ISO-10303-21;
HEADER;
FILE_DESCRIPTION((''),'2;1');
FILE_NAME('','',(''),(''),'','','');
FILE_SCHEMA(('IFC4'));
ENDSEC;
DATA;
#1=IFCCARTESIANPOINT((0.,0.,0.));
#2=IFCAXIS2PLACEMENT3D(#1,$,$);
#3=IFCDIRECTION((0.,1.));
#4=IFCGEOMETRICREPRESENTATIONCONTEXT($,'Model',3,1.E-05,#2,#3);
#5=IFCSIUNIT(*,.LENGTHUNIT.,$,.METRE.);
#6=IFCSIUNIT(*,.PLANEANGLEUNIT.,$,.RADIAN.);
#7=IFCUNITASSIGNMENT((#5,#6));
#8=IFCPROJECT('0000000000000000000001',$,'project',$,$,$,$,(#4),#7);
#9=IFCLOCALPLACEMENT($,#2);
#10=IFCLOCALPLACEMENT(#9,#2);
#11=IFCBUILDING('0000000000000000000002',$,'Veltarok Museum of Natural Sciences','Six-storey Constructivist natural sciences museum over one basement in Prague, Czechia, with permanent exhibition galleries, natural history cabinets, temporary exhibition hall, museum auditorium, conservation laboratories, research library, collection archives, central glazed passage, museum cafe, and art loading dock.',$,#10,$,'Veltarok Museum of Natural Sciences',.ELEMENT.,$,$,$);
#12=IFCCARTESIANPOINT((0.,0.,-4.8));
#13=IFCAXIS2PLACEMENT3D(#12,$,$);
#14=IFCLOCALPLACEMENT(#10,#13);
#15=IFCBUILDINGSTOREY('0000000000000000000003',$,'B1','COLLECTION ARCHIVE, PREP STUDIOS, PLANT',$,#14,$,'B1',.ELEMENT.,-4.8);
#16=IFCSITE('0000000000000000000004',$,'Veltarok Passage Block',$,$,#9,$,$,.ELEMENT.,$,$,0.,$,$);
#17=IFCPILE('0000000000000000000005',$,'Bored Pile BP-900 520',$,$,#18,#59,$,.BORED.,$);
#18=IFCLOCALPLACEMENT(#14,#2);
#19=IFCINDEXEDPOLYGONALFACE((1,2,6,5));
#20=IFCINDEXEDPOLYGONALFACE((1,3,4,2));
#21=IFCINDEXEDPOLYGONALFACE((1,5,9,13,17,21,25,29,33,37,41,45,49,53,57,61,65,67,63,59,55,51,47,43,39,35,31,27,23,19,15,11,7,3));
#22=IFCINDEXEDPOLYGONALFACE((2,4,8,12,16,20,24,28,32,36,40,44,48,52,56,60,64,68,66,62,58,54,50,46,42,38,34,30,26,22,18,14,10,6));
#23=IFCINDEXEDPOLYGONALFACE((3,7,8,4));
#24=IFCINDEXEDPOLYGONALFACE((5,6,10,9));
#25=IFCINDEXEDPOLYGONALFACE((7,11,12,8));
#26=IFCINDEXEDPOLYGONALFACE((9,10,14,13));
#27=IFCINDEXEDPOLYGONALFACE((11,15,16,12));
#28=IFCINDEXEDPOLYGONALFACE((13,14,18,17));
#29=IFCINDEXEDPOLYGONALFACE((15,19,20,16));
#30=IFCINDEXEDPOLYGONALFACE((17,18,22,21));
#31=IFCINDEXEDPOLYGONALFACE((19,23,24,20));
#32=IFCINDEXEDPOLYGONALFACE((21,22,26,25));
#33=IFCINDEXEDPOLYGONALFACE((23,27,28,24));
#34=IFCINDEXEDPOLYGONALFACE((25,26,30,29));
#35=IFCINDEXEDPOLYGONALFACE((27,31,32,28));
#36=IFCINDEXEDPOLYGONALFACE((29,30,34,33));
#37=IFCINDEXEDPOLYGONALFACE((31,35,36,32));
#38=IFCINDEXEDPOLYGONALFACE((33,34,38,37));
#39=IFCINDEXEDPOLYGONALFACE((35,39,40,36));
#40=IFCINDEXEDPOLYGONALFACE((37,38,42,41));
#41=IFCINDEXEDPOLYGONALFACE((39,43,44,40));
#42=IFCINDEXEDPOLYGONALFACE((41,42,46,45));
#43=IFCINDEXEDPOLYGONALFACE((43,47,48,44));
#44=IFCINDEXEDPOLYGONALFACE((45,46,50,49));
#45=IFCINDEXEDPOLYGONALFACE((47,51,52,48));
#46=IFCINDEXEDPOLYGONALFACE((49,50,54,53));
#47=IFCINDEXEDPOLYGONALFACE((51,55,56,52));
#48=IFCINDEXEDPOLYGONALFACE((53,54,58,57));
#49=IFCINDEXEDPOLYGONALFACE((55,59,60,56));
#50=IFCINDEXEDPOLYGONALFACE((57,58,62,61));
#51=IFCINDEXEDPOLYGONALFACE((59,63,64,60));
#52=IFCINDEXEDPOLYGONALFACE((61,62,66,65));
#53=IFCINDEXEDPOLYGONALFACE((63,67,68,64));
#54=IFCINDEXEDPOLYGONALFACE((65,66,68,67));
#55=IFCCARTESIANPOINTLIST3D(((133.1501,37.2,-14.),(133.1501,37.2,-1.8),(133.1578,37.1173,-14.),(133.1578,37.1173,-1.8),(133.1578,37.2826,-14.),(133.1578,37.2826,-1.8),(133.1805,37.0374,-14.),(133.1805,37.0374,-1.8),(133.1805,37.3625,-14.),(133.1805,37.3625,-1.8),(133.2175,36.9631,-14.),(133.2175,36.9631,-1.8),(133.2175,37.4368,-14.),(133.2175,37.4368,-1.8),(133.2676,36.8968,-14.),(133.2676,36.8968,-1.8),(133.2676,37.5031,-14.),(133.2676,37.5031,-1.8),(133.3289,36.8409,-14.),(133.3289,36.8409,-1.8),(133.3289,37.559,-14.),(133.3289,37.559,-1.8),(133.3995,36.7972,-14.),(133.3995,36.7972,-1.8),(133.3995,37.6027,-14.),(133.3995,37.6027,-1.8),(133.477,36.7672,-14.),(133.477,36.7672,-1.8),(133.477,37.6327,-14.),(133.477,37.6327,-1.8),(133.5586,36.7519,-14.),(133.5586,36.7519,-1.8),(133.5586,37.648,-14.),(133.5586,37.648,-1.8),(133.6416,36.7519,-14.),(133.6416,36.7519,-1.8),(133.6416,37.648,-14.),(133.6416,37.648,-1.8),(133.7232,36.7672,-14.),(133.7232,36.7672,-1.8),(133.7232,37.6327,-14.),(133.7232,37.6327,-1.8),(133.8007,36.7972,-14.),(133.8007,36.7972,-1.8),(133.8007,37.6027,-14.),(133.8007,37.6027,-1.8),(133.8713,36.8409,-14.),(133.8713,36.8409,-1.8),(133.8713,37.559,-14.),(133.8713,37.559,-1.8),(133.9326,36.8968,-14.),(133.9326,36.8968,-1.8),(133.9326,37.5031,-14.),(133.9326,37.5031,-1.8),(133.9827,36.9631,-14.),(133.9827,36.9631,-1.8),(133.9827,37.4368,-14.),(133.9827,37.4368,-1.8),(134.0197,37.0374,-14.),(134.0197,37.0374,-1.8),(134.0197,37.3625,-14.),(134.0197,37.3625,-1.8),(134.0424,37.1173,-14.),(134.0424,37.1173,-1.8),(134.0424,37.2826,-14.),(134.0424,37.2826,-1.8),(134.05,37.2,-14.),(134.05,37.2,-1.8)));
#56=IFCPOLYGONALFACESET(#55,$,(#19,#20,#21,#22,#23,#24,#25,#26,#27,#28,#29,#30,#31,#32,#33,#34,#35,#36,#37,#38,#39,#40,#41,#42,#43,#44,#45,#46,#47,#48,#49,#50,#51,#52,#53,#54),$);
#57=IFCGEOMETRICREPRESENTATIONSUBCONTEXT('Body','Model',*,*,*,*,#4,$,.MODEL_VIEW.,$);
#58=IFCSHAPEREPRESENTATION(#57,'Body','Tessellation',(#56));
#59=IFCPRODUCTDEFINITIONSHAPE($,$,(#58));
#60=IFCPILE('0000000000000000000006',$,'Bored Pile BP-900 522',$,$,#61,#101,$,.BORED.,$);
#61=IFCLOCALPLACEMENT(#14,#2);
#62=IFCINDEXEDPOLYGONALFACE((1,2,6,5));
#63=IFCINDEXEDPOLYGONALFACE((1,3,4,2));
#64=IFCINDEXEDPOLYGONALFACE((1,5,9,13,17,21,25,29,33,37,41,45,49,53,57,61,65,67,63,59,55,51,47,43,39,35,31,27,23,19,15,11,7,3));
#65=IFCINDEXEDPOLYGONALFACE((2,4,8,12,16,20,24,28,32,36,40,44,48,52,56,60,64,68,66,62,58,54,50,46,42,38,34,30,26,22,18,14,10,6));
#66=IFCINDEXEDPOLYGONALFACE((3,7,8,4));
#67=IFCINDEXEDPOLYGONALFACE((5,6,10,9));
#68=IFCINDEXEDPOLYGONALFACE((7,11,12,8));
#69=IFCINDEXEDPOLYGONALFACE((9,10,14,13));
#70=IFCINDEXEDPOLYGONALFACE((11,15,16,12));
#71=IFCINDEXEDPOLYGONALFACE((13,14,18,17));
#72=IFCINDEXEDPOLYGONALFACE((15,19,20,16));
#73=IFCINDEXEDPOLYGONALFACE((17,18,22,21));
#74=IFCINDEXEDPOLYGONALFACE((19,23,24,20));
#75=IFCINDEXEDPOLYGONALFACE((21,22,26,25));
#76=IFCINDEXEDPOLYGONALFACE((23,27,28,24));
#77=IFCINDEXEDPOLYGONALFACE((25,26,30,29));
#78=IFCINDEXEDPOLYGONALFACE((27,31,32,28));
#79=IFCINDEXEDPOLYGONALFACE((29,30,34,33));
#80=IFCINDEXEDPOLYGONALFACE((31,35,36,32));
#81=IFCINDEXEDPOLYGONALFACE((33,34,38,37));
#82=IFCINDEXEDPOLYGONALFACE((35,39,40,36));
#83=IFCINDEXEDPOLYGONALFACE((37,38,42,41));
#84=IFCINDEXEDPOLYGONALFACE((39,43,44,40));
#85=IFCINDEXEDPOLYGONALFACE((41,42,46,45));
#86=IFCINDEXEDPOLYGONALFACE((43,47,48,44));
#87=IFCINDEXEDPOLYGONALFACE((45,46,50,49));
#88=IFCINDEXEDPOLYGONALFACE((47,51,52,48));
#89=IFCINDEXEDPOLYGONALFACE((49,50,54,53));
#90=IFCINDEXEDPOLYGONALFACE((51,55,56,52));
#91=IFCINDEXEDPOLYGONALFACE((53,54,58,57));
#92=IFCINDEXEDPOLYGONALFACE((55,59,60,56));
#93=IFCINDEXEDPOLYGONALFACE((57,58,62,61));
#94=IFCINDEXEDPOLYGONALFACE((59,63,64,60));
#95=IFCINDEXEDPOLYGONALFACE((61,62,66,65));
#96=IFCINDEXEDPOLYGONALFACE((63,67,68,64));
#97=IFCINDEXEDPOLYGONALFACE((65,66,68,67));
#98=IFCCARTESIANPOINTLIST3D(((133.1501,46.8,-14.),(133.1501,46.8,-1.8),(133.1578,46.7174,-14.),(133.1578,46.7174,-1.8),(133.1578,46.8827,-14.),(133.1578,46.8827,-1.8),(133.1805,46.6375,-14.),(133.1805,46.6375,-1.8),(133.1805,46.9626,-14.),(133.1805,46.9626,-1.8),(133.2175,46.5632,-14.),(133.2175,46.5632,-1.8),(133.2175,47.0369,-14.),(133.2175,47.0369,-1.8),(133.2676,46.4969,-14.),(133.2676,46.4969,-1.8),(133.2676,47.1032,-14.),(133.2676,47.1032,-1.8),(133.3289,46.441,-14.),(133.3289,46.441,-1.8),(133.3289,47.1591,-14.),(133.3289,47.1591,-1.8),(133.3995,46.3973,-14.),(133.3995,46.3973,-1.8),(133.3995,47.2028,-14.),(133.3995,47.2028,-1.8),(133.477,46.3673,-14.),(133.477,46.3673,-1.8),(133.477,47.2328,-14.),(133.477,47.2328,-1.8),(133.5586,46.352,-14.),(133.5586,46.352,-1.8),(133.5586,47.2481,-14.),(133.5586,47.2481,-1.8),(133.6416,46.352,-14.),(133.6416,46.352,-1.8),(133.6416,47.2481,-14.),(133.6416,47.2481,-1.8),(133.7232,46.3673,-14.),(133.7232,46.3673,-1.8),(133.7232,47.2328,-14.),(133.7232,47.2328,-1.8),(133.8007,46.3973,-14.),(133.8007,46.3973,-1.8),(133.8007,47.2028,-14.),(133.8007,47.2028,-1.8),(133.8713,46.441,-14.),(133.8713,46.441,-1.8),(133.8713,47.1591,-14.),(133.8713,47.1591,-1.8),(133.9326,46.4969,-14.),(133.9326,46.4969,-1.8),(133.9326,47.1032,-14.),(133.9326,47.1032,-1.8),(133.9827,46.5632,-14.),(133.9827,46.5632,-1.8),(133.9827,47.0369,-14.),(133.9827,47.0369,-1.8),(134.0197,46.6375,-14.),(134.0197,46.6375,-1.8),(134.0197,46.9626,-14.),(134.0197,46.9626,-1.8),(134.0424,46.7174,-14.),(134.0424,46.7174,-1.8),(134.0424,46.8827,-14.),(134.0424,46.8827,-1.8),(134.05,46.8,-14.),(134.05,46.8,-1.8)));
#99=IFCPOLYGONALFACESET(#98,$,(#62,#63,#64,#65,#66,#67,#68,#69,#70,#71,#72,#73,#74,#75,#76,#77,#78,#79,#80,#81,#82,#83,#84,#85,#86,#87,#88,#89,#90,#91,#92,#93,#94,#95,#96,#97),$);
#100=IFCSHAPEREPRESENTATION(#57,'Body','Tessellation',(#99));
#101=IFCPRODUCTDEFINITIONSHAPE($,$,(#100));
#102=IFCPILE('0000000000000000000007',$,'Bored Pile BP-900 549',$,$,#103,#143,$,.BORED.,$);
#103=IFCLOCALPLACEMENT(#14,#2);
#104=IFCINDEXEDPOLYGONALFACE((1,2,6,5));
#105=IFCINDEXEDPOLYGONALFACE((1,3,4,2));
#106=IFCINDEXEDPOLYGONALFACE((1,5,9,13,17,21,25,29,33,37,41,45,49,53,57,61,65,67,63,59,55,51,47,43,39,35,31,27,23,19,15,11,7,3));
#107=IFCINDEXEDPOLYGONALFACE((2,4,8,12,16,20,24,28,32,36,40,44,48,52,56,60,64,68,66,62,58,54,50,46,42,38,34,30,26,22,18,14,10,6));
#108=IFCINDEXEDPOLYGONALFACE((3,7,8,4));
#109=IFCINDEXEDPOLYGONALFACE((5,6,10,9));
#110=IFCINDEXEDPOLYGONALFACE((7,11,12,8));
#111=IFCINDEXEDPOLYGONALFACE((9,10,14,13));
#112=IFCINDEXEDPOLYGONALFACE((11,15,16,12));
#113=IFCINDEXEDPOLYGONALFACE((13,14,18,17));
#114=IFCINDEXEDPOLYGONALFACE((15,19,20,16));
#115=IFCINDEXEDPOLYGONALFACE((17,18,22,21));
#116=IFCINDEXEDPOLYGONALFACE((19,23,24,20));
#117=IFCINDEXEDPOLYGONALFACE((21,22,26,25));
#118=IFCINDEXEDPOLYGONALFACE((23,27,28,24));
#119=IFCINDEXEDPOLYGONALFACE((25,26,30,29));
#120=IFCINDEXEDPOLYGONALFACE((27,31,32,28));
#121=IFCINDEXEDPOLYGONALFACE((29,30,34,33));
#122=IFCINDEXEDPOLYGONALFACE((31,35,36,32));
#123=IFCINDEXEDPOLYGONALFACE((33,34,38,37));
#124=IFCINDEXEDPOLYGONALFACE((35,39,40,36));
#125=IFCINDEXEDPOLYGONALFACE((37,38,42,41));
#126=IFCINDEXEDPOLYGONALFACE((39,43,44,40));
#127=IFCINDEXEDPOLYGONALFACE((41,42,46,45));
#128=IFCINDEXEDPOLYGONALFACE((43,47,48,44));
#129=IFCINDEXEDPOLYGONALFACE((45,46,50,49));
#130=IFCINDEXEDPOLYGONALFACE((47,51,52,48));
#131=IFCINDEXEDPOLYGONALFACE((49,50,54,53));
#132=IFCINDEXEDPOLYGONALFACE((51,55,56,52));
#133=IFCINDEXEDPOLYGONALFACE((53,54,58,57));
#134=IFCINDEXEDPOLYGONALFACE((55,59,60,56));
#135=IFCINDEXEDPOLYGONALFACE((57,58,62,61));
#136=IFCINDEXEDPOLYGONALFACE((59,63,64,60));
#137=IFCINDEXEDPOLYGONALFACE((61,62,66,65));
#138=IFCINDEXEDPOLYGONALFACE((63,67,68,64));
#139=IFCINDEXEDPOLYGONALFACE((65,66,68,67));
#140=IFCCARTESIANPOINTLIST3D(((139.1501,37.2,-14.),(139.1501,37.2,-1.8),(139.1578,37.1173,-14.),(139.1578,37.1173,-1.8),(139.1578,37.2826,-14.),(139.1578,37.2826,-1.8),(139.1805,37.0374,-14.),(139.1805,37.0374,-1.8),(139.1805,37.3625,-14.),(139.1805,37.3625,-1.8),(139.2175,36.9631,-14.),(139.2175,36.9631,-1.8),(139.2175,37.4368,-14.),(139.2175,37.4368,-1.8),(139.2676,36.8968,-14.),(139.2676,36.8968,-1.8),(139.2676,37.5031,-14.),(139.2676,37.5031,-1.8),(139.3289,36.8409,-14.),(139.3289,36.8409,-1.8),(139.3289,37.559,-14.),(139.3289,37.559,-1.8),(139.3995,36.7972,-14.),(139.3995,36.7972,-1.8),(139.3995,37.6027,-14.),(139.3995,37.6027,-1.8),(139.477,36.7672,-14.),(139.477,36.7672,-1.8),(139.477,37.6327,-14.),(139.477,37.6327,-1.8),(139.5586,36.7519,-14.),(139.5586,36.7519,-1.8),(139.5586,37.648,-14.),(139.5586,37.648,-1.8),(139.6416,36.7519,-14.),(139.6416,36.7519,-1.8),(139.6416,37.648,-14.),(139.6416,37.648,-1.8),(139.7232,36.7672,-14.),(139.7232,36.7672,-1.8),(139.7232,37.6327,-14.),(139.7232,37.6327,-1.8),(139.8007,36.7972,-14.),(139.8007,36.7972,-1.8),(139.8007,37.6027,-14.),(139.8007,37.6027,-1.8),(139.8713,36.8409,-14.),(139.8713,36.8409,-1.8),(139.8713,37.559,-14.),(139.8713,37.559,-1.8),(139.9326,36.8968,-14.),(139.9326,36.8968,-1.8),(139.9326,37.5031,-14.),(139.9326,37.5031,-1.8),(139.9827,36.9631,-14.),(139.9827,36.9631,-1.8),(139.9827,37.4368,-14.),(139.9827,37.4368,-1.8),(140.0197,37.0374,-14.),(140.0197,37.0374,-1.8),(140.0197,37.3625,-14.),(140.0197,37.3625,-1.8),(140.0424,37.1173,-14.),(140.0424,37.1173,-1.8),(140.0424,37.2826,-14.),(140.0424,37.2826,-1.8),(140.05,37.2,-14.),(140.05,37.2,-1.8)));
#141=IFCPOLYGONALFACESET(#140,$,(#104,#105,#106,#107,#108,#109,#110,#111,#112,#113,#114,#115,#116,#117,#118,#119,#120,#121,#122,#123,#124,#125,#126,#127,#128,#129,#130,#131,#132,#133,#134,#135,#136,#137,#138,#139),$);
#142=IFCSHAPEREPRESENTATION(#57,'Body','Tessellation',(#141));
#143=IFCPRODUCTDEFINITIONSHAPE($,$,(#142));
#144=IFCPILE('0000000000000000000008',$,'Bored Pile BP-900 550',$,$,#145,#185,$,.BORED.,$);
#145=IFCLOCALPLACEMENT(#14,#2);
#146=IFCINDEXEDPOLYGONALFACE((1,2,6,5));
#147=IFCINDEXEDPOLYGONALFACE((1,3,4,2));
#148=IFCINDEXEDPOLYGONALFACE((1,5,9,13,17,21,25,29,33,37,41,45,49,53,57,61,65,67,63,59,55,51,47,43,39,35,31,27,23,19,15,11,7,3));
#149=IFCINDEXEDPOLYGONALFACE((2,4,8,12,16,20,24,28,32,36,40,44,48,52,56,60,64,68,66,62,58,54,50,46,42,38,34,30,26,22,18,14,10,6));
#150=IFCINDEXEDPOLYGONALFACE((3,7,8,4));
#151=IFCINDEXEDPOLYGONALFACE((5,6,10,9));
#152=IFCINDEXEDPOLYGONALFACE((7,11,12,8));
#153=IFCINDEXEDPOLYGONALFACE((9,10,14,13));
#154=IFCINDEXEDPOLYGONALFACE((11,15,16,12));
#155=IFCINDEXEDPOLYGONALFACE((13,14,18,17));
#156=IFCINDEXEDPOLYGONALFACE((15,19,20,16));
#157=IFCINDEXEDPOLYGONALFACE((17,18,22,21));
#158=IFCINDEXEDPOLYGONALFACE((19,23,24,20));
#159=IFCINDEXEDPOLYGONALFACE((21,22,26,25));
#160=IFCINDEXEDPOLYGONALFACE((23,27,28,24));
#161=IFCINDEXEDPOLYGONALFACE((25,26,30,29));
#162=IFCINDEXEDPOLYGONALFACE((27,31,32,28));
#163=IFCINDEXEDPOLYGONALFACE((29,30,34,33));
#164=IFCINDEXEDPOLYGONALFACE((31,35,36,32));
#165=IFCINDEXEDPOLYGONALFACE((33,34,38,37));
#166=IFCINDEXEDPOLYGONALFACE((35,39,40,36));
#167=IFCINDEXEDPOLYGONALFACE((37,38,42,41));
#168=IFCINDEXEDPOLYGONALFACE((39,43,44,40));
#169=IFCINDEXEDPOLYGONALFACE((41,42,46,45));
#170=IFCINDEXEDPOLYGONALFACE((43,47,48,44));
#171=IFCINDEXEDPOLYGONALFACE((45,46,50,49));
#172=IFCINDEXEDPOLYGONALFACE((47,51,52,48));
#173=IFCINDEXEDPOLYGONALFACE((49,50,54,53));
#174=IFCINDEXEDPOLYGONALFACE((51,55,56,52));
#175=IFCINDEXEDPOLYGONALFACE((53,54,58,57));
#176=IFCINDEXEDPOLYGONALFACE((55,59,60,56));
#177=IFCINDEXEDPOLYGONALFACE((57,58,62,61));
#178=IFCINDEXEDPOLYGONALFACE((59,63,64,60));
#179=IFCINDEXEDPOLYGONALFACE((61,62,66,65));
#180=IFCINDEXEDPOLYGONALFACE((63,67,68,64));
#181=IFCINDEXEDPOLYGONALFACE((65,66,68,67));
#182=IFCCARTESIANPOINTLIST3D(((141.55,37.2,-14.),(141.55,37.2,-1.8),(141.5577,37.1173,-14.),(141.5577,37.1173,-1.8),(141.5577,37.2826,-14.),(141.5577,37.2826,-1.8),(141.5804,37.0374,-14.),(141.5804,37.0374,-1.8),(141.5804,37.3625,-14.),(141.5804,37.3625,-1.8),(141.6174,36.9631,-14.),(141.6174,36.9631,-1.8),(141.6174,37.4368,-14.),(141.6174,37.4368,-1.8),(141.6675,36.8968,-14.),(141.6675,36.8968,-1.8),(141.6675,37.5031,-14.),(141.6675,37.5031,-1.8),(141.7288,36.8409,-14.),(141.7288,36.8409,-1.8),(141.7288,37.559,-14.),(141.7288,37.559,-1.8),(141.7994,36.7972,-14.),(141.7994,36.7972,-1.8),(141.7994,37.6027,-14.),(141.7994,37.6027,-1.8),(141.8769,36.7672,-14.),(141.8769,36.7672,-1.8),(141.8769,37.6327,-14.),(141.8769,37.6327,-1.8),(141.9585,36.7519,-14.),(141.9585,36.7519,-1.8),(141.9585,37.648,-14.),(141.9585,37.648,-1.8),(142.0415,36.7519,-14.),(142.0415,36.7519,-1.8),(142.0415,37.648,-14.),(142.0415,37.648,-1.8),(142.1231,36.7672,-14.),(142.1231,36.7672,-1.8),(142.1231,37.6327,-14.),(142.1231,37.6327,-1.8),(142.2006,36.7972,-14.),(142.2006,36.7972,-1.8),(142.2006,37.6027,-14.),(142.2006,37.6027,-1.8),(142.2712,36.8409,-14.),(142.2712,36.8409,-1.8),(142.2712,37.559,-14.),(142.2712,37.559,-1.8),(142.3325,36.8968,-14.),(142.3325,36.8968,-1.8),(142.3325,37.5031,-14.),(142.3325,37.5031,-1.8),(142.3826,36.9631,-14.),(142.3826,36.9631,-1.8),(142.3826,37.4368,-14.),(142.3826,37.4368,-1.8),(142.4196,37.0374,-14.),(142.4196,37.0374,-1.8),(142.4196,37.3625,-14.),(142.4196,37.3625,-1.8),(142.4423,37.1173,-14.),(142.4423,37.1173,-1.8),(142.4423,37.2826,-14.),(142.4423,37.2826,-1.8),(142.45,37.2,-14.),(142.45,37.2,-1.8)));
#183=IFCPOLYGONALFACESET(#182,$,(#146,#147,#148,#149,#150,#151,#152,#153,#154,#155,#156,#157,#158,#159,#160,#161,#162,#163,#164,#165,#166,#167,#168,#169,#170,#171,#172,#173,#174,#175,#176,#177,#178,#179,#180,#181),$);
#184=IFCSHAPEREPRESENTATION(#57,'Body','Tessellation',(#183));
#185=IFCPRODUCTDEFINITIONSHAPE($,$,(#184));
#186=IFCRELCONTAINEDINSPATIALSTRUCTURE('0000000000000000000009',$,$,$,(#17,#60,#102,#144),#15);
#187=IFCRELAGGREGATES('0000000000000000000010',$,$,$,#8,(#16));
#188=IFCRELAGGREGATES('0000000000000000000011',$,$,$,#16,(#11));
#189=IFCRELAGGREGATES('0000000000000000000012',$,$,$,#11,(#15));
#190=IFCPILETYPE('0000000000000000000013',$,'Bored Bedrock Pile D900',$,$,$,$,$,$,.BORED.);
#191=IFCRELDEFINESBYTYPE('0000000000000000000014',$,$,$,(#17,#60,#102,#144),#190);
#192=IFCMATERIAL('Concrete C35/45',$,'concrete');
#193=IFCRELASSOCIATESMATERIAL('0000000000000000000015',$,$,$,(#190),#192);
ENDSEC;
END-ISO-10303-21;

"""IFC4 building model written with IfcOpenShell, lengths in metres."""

from ifc_helpers import new_model, si_unit, direction, frame, origin, origin_2d, place, context, subcontext, project, spatial, circle, extrude, material, material_profile, profile_set, type_object, element, save


model = new_model("IFC4")

# Units and contexts
model_context = context("Model", 3, precision=1e-05, world=origin(), true_north=direction((0.0, 1.0)))
body_context = subcontext(model_context, "Body", "Model", "MODEL_VIEW")
ifc_project = project(units=[si_unit("LENGTHUNIT", "METRE"), si_unit("PLANEANGLEUNIT", "RADIAN")], contexts=[model_context])

# Site, building, storey
site_placement = place(None, origin())
site = spatial("IfcSite", under=ifc_project, at=site_placement, Name="Veltarok Passage Block", CompositionType="ELEMENT", RefElevation=0.0)
building_placement = place(site_placement, origin())
building = spatial("IfcBuilding", under=site, at=building_placement, Name="Veltarok Museum of Natural Sciences", Description="Six-storey Constructivist natural sciences museum over one basement in Prague, Czechia, with permanent exhibition galleries, natural history cabinets, temporary exhibition hall, museum auditorium, conservation laboratories, research library, collection archives, central glazed passage, museum cafe, and art loading dock.", LongName="Veltarok Museum of Natural Sciences", CompositionType="ELEMENT")
storey_placement = place(building_placement, frame((0.0, 0.0, -4.8)))
storey = spatial("IfcBuildingStorey", under=building, at=storey_placement, Name="B1", Description="COLLECTION ARCHIVE, PREP STUDIOS, PLANT", LongName="B1", CompositionType="ELEMENT", Elevation=-4.8)

# Piles
ifc_material_1 = material(Name="Concrete C35/45", Category="concrete")
ifc_material_profile_1 = material_profile(ifc_material_1, circle(Radius=0.45, at=origin_2d()), Name="BP D900")
ifc_profile_set_1 = profile_set([ifc_material_profile_1], Name="Concrete C35/45")
pile_type = type_object("IfcPileType", Name="Bored Bedrock Pile D900", PredefinedType="BORED", material=ifc_profile_set_1)
for number, where, z_axis, x_axis, name in (
    (1, (133.6001, 37.2, -1.8), (0.0, 0.0, -1.0), (1.0, 0.0, 0.0), "Bored Pile BP-900 520"),
    (2, (133.6001, 46.8, -1.8), (0.0, 0.0, -1.0), (1.0, 0.0, 0.0), "Bored Pile BP-900 522"),
    (3, (139.6001, 37.2, -1.8), (0.0, 0.0, -1.0), (1.0, 0.0, 0.0), "Bored Pile BP-900 549"),
    (4, (142.0, 37.2, -1.8), (0.0, 0.0, -1.0), (1.0, 0.0, 0.0), "Bored Pile BP-900 550"),
):
    element("IfcPile", number, at=place(storey_placement, frame(where, z_axis=z_axis, x_axis=x_axis)), inside=storey, type_object=pile_type, Name=name, PredefinedType="BORED", context=body_context, shape_type="SweptSolid", body=[
        extrude(circle(Radius=0.45, at=origin_2d()), origin(), (0.0, 0.0, 1.0), 12.2),
    ])

save(model, "model.ifc")
